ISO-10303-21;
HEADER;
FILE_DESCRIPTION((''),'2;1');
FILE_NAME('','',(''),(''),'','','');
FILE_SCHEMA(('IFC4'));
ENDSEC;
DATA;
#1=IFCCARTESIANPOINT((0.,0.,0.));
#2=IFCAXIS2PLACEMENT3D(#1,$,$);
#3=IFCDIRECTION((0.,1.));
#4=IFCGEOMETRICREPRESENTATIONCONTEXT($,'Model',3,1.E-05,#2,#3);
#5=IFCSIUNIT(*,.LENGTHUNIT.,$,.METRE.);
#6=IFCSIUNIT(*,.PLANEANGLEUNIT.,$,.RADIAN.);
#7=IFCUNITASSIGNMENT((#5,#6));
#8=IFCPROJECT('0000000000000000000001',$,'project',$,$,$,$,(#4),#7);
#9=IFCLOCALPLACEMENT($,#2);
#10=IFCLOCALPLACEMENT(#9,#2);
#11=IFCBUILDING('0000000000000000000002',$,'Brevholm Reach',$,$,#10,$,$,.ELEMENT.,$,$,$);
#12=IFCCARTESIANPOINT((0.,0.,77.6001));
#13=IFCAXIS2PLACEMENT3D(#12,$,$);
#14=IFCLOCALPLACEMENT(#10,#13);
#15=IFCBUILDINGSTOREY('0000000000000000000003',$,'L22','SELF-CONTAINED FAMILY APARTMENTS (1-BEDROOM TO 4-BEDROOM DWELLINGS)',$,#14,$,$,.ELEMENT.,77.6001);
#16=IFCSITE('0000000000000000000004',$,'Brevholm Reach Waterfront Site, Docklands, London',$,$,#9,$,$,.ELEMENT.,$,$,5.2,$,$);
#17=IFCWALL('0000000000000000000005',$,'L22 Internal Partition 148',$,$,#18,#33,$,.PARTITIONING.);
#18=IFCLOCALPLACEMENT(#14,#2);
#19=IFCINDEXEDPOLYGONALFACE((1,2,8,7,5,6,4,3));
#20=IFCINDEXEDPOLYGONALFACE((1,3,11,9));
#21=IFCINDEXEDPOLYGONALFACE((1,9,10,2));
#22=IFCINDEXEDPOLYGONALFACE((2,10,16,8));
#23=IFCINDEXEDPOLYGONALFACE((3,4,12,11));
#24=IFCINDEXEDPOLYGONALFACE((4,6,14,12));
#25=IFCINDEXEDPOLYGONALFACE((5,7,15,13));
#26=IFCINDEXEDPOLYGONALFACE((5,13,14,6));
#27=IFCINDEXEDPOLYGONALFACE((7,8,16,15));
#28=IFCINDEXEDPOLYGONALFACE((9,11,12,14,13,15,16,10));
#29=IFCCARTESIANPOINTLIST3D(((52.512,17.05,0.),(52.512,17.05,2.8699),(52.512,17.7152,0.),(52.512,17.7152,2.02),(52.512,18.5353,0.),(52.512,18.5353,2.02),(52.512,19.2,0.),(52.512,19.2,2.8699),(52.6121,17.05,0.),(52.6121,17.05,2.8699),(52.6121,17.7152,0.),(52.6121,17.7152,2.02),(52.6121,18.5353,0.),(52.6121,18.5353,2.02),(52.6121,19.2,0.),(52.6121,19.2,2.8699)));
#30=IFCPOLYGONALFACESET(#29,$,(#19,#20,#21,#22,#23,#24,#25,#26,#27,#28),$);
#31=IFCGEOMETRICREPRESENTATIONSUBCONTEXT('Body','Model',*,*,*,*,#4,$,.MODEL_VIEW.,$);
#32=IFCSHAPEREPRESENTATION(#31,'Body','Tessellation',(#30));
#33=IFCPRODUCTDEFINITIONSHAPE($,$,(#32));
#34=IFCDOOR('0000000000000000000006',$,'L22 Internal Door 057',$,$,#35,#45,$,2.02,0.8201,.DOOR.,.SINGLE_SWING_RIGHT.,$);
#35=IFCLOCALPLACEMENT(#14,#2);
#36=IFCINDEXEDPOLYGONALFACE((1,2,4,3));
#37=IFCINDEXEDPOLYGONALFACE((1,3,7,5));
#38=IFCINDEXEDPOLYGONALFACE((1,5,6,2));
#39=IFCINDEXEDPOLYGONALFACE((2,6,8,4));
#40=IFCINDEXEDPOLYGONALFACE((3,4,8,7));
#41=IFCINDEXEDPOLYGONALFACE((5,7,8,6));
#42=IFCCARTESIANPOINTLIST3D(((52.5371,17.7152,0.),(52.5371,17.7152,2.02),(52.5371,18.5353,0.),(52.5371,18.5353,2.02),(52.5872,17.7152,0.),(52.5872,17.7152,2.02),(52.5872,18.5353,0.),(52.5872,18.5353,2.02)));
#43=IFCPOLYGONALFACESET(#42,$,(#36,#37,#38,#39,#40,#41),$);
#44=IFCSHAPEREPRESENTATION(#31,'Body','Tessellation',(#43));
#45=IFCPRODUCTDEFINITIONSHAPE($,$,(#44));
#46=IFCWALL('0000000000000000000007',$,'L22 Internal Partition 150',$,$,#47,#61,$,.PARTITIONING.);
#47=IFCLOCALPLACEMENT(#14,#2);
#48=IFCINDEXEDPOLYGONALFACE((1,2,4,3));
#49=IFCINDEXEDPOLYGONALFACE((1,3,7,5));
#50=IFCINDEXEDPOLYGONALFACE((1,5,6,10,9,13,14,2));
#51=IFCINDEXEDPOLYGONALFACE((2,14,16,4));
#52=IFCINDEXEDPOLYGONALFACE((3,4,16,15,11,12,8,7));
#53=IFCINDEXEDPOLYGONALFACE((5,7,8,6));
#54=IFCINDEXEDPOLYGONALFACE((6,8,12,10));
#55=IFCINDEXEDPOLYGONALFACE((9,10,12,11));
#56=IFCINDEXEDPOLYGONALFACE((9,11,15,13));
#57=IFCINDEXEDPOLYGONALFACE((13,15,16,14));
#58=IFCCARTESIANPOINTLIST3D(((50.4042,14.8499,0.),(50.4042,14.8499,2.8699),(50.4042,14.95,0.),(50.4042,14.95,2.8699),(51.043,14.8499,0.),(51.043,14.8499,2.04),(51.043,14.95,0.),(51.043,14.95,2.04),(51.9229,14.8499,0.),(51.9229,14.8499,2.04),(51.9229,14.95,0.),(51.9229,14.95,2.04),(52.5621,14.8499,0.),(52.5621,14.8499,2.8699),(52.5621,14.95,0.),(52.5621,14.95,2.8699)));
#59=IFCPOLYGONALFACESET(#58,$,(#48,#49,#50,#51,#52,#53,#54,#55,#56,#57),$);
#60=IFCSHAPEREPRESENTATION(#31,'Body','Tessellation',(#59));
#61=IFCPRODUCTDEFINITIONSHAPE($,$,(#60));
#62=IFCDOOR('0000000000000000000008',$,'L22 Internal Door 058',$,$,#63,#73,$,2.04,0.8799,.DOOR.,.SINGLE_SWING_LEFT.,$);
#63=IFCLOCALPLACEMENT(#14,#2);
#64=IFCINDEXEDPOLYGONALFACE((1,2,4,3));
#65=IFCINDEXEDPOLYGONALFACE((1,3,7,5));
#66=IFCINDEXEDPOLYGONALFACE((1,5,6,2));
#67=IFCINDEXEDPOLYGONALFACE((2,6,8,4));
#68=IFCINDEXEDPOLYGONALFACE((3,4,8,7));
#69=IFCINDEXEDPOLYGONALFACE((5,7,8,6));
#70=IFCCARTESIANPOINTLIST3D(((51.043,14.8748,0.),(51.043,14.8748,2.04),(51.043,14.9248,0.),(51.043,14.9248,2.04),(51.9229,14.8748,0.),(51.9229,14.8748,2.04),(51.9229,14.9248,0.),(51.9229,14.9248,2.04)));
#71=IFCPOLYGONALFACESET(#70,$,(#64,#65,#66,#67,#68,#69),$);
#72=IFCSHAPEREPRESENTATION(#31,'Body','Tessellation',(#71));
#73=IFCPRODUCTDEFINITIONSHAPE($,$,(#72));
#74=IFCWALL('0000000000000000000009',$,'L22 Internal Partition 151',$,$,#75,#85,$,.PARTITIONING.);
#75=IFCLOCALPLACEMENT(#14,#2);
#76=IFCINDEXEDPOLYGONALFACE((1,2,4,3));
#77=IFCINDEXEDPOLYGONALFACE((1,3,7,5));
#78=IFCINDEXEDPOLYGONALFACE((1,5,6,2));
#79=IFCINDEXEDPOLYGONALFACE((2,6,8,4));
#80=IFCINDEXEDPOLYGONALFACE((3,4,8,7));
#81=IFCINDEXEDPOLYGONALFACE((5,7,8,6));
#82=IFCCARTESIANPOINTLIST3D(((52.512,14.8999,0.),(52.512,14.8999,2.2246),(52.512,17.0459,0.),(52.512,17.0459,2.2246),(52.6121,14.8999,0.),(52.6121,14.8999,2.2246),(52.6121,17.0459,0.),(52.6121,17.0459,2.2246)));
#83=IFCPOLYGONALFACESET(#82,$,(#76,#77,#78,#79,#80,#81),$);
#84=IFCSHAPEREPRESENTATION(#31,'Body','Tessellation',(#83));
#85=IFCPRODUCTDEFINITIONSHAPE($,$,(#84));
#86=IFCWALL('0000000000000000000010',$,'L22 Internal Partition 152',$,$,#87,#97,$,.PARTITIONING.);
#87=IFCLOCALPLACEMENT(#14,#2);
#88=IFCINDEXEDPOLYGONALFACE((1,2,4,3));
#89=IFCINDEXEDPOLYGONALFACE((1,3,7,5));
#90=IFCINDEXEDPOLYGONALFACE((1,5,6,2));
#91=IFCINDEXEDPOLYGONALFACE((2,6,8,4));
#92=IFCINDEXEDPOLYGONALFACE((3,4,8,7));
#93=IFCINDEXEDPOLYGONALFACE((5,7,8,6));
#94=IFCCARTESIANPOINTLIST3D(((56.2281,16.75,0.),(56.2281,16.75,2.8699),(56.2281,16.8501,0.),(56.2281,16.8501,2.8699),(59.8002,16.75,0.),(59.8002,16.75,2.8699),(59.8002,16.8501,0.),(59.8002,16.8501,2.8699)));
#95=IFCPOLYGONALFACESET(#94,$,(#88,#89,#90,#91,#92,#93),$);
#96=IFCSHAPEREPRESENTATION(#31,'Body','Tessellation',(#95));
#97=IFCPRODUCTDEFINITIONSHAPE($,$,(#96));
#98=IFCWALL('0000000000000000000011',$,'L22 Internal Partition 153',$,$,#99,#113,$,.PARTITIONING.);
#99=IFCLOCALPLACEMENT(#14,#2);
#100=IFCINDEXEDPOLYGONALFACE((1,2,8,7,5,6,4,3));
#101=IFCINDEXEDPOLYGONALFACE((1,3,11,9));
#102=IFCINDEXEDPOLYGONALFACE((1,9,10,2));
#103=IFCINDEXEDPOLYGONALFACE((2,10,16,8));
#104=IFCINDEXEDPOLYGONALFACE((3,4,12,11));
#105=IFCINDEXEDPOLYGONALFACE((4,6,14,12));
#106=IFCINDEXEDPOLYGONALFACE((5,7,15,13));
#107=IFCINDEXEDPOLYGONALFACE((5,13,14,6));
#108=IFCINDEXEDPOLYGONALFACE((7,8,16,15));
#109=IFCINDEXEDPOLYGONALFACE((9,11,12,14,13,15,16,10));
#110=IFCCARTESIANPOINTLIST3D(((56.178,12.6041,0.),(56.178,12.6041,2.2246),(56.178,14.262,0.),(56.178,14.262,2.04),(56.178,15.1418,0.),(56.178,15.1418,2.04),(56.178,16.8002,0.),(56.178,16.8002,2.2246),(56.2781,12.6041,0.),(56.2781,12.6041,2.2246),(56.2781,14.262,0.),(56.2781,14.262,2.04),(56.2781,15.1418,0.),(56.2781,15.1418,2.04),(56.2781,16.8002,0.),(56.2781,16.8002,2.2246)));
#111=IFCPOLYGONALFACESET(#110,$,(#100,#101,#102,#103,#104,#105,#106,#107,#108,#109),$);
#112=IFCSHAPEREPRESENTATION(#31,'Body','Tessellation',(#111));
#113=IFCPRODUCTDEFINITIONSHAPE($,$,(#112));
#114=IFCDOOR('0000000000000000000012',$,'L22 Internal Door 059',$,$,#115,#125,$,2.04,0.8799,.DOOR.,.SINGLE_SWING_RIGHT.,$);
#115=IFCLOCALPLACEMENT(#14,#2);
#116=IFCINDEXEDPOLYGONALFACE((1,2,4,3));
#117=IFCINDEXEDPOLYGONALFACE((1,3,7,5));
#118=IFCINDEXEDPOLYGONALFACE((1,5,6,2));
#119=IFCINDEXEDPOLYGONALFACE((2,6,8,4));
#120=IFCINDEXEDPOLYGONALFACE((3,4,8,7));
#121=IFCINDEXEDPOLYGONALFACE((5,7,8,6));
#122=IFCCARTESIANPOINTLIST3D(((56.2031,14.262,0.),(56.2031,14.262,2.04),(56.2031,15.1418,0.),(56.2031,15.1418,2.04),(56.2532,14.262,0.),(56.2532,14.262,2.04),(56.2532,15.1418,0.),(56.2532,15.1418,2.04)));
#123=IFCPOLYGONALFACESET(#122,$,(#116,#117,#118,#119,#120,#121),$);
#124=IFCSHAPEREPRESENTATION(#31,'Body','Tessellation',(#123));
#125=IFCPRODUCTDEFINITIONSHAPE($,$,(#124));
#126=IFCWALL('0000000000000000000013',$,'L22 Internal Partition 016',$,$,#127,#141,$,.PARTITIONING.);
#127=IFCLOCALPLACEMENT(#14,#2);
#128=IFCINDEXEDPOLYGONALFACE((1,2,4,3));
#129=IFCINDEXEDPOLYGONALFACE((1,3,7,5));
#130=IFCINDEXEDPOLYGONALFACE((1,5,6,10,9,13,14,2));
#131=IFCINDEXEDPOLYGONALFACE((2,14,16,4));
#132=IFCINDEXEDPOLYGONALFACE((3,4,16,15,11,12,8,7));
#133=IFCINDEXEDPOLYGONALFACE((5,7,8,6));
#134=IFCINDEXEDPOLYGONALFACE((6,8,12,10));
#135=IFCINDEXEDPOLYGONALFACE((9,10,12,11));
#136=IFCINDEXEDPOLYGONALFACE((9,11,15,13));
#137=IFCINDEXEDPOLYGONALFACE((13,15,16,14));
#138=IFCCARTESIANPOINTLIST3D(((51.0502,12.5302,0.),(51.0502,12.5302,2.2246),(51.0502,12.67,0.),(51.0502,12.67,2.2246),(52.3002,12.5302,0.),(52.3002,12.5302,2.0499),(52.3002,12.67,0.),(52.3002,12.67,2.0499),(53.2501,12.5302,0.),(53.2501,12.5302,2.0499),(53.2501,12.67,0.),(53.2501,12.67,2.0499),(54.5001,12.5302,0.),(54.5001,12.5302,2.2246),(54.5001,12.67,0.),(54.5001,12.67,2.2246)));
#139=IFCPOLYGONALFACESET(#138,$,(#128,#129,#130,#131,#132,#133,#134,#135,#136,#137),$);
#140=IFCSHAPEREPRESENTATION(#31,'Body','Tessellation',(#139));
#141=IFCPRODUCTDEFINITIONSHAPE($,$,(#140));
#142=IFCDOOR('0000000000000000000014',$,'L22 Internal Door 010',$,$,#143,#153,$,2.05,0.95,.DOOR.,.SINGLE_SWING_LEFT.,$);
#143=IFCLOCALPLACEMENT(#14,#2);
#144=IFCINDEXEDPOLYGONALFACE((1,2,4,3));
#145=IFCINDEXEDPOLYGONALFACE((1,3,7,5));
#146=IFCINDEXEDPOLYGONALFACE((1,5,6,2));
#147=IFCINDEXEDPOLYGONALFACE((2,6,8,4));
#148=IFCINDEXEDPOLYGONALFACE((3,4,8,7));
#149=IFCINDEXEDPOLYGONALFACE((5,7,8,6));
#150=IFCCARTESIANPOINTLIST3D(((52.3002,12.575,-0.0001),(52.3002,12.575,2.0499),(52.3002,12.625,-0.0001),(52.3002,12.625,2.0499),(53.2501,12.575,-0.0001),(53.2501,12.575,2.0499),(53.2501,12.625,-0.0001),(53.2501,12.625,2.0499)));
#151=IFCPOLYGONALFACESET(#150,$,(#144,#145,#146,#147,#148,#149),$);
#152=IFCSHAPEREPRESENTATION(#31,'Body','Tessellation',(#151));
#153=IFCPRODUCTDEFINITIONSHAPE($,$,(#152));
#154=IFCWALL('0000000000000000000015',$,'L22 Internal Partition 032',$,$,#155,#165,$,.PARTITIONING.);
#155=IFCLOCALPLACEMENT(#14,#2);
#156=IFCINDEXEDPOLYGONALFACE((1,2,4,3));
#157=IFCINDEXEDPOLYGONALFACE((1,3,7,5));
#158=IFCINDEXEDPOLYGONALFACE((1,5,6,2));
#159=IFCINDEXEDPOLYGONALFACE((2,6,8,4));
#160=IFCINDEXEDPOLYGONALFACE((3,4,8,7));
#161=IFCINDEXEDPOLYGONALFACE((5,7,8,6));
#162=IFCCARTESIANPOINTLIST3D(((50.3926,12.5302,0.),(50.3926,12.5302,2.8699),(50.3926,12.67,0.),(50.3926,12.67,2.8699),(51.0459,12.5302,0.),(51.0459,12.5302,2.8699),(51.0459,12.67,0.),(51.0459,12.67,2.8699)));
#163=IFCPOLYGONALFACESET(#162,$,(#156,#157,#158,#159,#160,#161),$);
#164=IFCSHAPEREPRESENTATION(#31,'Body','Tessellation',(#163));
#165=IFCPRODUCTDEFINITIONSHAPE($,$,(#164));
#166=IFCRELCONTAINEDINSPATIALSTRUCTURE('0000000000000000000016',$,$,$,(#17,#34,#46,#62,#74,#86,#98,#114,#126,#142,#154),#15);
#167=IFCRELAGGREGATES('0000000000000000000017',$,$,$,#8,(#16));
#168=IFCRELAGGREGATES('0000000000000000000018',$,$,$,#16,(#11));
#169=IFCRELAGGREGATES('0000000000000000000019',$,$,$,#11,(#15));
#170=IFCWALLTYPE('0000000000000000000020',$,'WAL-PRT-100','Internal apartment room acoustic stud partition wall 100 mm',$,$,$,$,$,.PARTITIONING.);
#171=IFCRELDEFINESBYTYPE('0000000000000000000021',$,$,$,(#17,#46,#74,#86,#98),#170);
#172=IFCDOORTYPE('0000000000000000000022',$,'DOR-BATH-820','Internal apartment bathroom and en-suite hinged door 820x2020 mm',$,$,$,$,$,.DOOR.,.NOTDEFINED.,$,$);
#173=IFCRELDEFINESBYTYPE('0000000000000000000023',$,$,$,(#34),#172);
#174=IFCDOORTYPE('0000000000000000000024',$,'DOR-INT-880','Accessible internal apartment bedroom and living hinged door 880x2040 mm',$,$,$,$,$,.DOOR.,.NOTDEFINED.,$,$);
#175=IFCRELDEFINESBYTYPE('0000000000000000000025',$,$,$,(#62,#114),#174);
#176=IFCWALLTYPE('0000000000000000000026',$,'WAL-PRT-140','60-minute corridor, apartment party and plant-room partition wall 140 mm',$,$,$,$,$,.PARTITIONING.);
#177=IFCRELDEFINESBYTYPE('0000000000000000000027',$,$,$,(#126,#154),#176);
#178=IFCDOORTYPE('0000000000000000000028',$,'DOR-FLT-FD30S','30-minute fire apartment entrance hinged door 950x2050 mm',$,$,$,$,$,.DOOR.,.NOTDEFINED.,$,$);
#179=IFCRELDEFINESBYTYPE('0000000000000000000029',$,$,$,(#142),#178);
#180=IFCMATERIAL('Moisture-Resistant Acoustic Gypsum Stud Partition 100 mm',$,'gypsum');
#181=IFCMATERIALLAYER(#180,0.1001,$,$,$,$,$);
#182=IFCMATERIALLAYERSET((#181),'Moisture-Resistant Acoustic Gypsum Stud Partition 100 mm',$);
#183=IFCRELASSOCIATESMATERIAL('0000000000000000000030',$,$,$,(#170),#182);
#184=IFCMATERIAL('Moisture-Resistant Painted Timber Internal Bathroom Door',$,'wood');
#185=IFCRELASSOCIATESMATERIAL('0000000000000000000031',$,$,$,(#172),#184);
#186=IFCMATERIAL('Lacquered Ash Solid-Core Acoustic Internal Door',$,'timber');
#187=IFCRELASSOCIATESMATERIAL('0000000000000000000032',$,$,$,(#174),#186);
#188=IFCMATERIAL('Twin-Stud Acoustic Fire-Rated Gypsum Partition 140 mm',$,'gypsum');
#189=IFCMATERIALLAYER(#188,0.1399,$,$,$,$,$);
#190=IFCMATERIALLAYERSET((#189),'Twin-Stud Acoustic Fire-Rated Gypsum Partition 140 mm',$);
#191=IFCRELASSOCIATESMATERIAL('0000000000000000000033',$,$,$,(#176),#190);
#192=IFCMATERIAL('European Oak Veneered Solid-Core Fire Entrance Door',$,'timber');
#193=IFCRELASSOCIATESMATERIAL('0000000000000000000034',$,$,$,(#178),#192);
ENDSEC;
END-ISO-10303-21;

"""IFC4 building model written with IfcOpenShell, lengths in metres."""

from ifc_helpers import new_model, si_unit, direction, frame, frame_2d, origin, place, context, subcontext, project, spatial, rectangle, extrude, material, layer, layer_set, type_object, element, fill, save


model = new_model("IFC4")

# Units and contexts
model_context = context("Model", 3, precision=1e-05, world=origin(), true_north=direction((0.0, 1.0)))
body_context = subcontext(model_context, "Body", "Model", "MODEL_VIEW")
ifc_project = project(units=[si_unit("LENGTHUNIT", "METRE"), si_unit("PLANEANGLEUNIT", "RADIAN")], contexts=[model_context])

# Site, building, storey
site_placement = place(None, origin())
site = spatial("IfcSite", under=ifc_project, at=site_placement, Name="Brevholm Reach Waterfront Site, Docklands, London", CompositionType="ELEMENT", RefElevation=5.2)
building_placement = place(site_placement, origin())
building = spatial("IfcBuilding", under=site, at=building_placement, Name="Brevholm Reach", CompositionType="ELEMENT")
storey_placement = place(building_placement, frame((0.0, 0.0, 77.6001)))
storey = spatial("IfcBuildingStorey", under=building, at=storey_placement, Name="L22", Description="SELF-CONTAINED FAMILY APARTMENTS (1-BEDROOM TO 4-BEDROOM DWELLINGS)", CompositionType="ELEMENT", Elevation=77.6001)

# Shared definitions
ifc_material_1 = material(Name="Moisture-Resistant Acoustic Gypsum Stud Partition 100 mm", Category="gypsum")
ifc_layer_1 = layer(ifc_material_1, 0.1001)
ifc_layer_set_1 = layer_set([ifc_layer_1], Name="Moisture-Resistant Acoustic Gypsum Stud Partition 100 mm")
wall_type_1 = type_object("IfcWallType", Name="WAL-PRT-100", Description="Internal apartment room acoustic stud partition wall 100 mm", PredefinedType="PARTITIONING", material=ifc_layer_set_1)

# Walls, openings, doors
wall_1_placement = place(storey_placement, frame((52.562, 17.05, 0.0), z_axis=(0.0, 0.0, 1.0), x_axis=(0.0, 1.0, 0.0)))
wall_1 = element("IfcWall", 1, at=wall_1_placement, inside=storey, type_object=wall_type_1, Name="L22 Internal Partition 148", PredefinedType="PARTITIONING", context=body_context, shape_type="SweptSolid", body=[
    extrude(rectangle(XDim=2.1499, YDim=0.1001, at=frame_2d((1.075, 0.0))), origin(), (0.0, 0.0, 1.0), 2.8699),
])
opening_1_placement = place(wall_1_placement, frame((0.665, 0.0, 0.0)))
opening_1 = element("IfcOpeningElement", 2, at=opening_1_placement, cuts=wall_1, PredefinedType="OPENING", context=body_context, shape_type="SweptSolid", body=[
    extrude(rectangle(XDim=0.8201, YDim=2.02, at=frame_2d((0.4102, 1.01))), frame((0.0, 0.0601, 0.0), z_axis=(0.0, -1.0, 0.0), x_axis=(1.0, 0.0, 0.0)), (0.0, 0.0, 1.0), 0.1201),
])
ifc_material_2 = material(Name="Moisture-Resistant Painted Timber Internal Bathroom Door", Category="wood")
door_type_1 = type_object("IfcDoorType", Name="DOR-BATH-820", Description="Internal apartment bathroom and en-suite hinged door 820x2020 mm", OperationType="NOTDEFINED", PredefinedType="DOOR", material=ifc_material_2)
door_1_placement = place(opening_1_placement, origin())
door_1 = element("IfcDoor", 3, at=door_1_placement, inside=storey, type_object=door_type_1, Name="L22 Internal Door 057", OperationType="SINGLE_SWING_RIGHT", OverallHeight=2.02, OverallWidth=0.8201, PredefinedType="DOOR", context=body_context, shape_type="SweptSolid", body=[
    extrude(rectangle(XDim=0.8201, YDim=2.02, at=frame_2d((0.4102, 1.01))), frame((0.0, 0.0249, 0.0), z_axis=(0.0, -1.0, 0.0), x_axis=(1.0, 0.0, 0.0)), (0.0, 0.0, 1.0), 0.05),
])
fill(opening_1, door_1)
wall_2_placement = place(storey_placement, frame((50.4041, 14.8999, 0.0), z_axis=(0.0, 0.0, 1.0), x_axis=(1.0, 0.0, 0.0)))
wall_2 = element("IfcWall", 4, at=wall_2_placement, inside=storey, type_object=wall_type_1, Name="L22 Internal Partition 150", PredefinedType="PARTITIONING", context=body_context, shape_type="SweptSolid", body=[
    extrude(rectangle(XDim=2.158, YDim=0.1001, at=frame_2d((1.0791, 0.0))), origin(), (0.0, 0.0, 1.0), 2.8699),
])
opening_2_placement = place(wall_2_placement, frame((0.6389, 0.0, 0.0)))
opening_2 = element("IfcOpeningElement", 5, at=opening_2_placement, cuts=wall_2, PredefinedType="OPENING", context=body_context, shape_type="SweptSolid", body=[
    extrude(rectangle(XDim=0.8799, YDim=2.04, at=frame_2d((0.4399, 1.02))), frame((0.0, 0.0601, 0.0), z_axis=(0.0, -1.0, 0.0), x_axis=(1.0, 0.0, 0.0)), (0.0, 0.0, 1.0), 0.1201),
])
ifc_material_3 = material(Name="Lacquered Ash Solid-Core Acoustic Internal Door", Category="timber")
door_type_2 = type_object("IfcDoorType", Name="DOR-INT-880", Description="Accessible internal apartment bedroom and living hinged door 880x2040 mm", OperationType="NOTDEFINED", PredefinedType="DOOR", material=ifc_material_3)
door_2_placement = place(opening_2_placement, origin())
door_2 = element("IfcDoor", 6, at=door_2_placement, inside=storey, type_object=door_type_2, Name="L22 Internal Door 058", OperationType="SINGLE_SWING_LEFT", OverallHeight=2.04, OverallWidth=0.8799, PredefinedType="DOOR", context=body_context, shape_type="SweptSolid", body=[
    extrude(rectangle(XDim=0.8799, YDim=2.04, at=frame_2d((0.4399, 1.02))), frame((0.0, 0.0249, 0.0), z_axis=(0.0, -1.0, 0.0), x_axis=(1.0, 0.0, 0.0)), (0.0, 0.0, 1.0), 0.05),
])
fill(opening_2, door_2)

# Walls
wall_3_placement = place(storey_placement, frame((52.562, 14.8999, 0.0), z_axis=(0.0, 0.0, 1.0), x_axis=(0.0, 1.0, 0.0)))
element("IfcWall", 7, at=wall_3_placement, inside=storey, type_object=wall_type_1, Name="L22 Internal Partition 151", PredefinedType="PARTITIONING", context=body_context, shape_type="SweptSolid", body=[
    extrude(rectangle(XDim=2.146, YDim=0.1001, at=frame_2d((1.073, 0.0))), origin(), (0.0, 0.0, 1.0), 2.2246),
])
wall_4_placement = place(storey_placement, frame((56.228, 16.8, 0.0), z_axis=(0.0, 0.0, 1.0), x_axis=(1.0, 0.0, 0.0)))
element("IfcWall", 8, at=wall_4_placement, inside=storey, type_object=wall_type_1, Name="L22 Internal Partition 152", PredefinedType="PARTITIONING", context=body_context, shape_type="SweptSolid", body=[
    extrude(rectangle(XDim=3.572, YDim=0.1001, at=frame_2d((1.7861, 0.0))), origin(), (0.0, 0.0, 1.0), 2.8699),
])

# Walls, openings, doors
wall_5_placement = place(storey_placement, frame((56.228, 12.604, 0.0), z_axis=(0.0, 0.0, 1.0), x_axis=(0.0, 1.0, 0.0)))
wall_5 = element("IfcWall", 9, at=wall_5_placement, inside=storey, type_object=wall_type_1, Name="L22 Internal Partition 153", PredefinedType="PARTITIONING", context=body_context, shape_type="SweptSolid", body=[
    extrude(rectangle(XDim=4.196, YDim=0.1001, at=frame_2d((2.0981, 0.0))), origin(), (0.0, 0.0, 1.0), 2.2246),
])
opening_3_placement = place(wall_5_placement, frame((1.658, 0.0, 0.0)))
opening_3 = element("IfcOpeningElement", 10, at=opening_3_placement, cuts=wall_5, PredefinedType="OPENING", context=body_context, shape_type="SweptSolid", body=[
    extrude(rectangle(XDim=0.8799, YDim=2.04, at=frame_2d((0.4399, 1.02))), frame((0.0, 0.0601, 0.0), z_axis=(0.0, -1.0, 0.0), x_axis=(1.0, 0.0, 0.0)), (0.0, 0.0, 1.0), 0.1201),
])
door_3_placement = place(opening_3_placement, origin())
door_3 = element("IfcDoor", 11, at=door_3_placement, inside=storey, type_object=door_type_2, Name="L22 Internal Door 059", OperationType="SINGLE_SWING_RIGHT", OverallHeight=2.04, OverallWidth=0.8799, PredefinedType="DOOR", context=body_context, shape_type="SweptSolid", body=[
    extrude(rectangle(XDim=0.8799, YDim=2.04, at=frame_2d((0.4399, 1.02))), frame((0.0, 0.0249, 0.0), z_axis=(0.0, -1.0, 0.0), x_axis=(1.0, 0.0, 0.0)), (0.0, 0.0, 1.0), 0.05),
])
fill(opening_3, door_3)
ifc_material_4 = material(Name="Twin-Stud Acoustic Fire-Rated Gypsum Partition 140 mm", Category="gypsum")
ifc_layer_2 = layer(ifc_material_4, 0.1399)
ifc_layer_set_2 = layer_set([ifc_layer_2], Name="Twin-Stud Acoustic Fire-Rated Gypsum Partition 140 mm")
wall_type_2 = type_object("IfcWallType", Name="WAL-PRT-140", Description="60-minute corridor, apartment party and plant-room partition wall 140 mm", PredefinedType="PARTITIONING", material=ifc_layer_set_2)
wall_6_placement = place(storey_placement, frame((51.05, 12.6001, 0.0), z_axis=(0.0, 0.0, 1.0), x_axis=(1.0, 0.0, 0.0)))
wall_6 = element("IfcWall", 12, at=wall_6_placement, inside=storey, type_object=wall_type_2, Name="L22 Internal Partition 016", PredefinedType="PARTITIONING", context=body_context, shape_type="SweptSolid", body=[
    extrude(rectangle(XDim=3.45, YDim=0.1399, at=frame_2d((1.7251, 0.0))), origin(), (0.0, 0.0, 1.0), 2.2246),
])
opening_4_placement = place(wall_6_placement, frame((1.25, 0.0, 0.0)))
opening_4 = element("IfcOpeningElement", 13, at=opening_4_placement, cuts=wall_6, PredefinedType="OPENING", context=body_context, shape_type="SweptSolid", body=[
    extrude(rectangle(XDim=0.95, YDim=2.05, at=frame_2d((0.4751, 1.0249))), frame((0.0, 0.0798, 0.0), z_axis=(0.0, -1.0, 0.0), x_axis=(1.0, 0.0, 0.0)), (0.0, 0.0, 1.0), 0.1599),
])
ifc_material_5 = material(Name="European Oak Veneered Solid-Core Fire Entrance Door", Category="timber")
door_type_3 = type_object("IfcDoorType", Name="DOR-FLT-FD30S", Description="30-minute fire apartment entrance hinged door 950x2050 mm", OperationType="NOTDEFINED", PredefinedType="DOOR", material=ifc_material_5)
door_4_placement = place(opening_4_placement, origin())
door_4 = element("IfcDoor", 14, at=door_4_placement, inside=storey, type_object=door_type_3, Name="L22 Internal Door 010", OperationType="SINGLE_SWING_LEFT", OverallHeight=2.05, OverallWidth=0.95, PredefinedType="DOOR", context=body_context, shape_type="SweptSolid", body=[
    extrude(rectangle(XDim=0.95, YDim=2.05, at=frame_2d((0.4751, 1.0249))), frame((0.0, 0.0249, 0.0), z_axis=(0.0, -1.0, 0.0), x_axis=(1.0, 0.0, 0.0)), (0.0, 0.0, 1.0), 0.05),
])
fill(opening_4, door_4)

# Wall
wall_7_placement = place(storey_placement, frame((50.3926, 12.6001, 0.0), z_axis=(0.0, 0.0, 1.0), x_axis=(1.0, 0.0, 0.0)))
element("IfcWall", 15, at=wall_7_placement, inside=storey, type_object=wall_type_2, Name="L22 Internal Partition 032", PredefinedType="PARTITIONING", context=body_context, shape_type="SweptSolid", body=[
    extrude(rectangle(XDim=0.6533, YDim=0.1399, at=frame_2d((0.3267, 0.0))), origin(), (0.0, 0.0, 1.0), 2.8699),
])

save(model, "model.ifc")
